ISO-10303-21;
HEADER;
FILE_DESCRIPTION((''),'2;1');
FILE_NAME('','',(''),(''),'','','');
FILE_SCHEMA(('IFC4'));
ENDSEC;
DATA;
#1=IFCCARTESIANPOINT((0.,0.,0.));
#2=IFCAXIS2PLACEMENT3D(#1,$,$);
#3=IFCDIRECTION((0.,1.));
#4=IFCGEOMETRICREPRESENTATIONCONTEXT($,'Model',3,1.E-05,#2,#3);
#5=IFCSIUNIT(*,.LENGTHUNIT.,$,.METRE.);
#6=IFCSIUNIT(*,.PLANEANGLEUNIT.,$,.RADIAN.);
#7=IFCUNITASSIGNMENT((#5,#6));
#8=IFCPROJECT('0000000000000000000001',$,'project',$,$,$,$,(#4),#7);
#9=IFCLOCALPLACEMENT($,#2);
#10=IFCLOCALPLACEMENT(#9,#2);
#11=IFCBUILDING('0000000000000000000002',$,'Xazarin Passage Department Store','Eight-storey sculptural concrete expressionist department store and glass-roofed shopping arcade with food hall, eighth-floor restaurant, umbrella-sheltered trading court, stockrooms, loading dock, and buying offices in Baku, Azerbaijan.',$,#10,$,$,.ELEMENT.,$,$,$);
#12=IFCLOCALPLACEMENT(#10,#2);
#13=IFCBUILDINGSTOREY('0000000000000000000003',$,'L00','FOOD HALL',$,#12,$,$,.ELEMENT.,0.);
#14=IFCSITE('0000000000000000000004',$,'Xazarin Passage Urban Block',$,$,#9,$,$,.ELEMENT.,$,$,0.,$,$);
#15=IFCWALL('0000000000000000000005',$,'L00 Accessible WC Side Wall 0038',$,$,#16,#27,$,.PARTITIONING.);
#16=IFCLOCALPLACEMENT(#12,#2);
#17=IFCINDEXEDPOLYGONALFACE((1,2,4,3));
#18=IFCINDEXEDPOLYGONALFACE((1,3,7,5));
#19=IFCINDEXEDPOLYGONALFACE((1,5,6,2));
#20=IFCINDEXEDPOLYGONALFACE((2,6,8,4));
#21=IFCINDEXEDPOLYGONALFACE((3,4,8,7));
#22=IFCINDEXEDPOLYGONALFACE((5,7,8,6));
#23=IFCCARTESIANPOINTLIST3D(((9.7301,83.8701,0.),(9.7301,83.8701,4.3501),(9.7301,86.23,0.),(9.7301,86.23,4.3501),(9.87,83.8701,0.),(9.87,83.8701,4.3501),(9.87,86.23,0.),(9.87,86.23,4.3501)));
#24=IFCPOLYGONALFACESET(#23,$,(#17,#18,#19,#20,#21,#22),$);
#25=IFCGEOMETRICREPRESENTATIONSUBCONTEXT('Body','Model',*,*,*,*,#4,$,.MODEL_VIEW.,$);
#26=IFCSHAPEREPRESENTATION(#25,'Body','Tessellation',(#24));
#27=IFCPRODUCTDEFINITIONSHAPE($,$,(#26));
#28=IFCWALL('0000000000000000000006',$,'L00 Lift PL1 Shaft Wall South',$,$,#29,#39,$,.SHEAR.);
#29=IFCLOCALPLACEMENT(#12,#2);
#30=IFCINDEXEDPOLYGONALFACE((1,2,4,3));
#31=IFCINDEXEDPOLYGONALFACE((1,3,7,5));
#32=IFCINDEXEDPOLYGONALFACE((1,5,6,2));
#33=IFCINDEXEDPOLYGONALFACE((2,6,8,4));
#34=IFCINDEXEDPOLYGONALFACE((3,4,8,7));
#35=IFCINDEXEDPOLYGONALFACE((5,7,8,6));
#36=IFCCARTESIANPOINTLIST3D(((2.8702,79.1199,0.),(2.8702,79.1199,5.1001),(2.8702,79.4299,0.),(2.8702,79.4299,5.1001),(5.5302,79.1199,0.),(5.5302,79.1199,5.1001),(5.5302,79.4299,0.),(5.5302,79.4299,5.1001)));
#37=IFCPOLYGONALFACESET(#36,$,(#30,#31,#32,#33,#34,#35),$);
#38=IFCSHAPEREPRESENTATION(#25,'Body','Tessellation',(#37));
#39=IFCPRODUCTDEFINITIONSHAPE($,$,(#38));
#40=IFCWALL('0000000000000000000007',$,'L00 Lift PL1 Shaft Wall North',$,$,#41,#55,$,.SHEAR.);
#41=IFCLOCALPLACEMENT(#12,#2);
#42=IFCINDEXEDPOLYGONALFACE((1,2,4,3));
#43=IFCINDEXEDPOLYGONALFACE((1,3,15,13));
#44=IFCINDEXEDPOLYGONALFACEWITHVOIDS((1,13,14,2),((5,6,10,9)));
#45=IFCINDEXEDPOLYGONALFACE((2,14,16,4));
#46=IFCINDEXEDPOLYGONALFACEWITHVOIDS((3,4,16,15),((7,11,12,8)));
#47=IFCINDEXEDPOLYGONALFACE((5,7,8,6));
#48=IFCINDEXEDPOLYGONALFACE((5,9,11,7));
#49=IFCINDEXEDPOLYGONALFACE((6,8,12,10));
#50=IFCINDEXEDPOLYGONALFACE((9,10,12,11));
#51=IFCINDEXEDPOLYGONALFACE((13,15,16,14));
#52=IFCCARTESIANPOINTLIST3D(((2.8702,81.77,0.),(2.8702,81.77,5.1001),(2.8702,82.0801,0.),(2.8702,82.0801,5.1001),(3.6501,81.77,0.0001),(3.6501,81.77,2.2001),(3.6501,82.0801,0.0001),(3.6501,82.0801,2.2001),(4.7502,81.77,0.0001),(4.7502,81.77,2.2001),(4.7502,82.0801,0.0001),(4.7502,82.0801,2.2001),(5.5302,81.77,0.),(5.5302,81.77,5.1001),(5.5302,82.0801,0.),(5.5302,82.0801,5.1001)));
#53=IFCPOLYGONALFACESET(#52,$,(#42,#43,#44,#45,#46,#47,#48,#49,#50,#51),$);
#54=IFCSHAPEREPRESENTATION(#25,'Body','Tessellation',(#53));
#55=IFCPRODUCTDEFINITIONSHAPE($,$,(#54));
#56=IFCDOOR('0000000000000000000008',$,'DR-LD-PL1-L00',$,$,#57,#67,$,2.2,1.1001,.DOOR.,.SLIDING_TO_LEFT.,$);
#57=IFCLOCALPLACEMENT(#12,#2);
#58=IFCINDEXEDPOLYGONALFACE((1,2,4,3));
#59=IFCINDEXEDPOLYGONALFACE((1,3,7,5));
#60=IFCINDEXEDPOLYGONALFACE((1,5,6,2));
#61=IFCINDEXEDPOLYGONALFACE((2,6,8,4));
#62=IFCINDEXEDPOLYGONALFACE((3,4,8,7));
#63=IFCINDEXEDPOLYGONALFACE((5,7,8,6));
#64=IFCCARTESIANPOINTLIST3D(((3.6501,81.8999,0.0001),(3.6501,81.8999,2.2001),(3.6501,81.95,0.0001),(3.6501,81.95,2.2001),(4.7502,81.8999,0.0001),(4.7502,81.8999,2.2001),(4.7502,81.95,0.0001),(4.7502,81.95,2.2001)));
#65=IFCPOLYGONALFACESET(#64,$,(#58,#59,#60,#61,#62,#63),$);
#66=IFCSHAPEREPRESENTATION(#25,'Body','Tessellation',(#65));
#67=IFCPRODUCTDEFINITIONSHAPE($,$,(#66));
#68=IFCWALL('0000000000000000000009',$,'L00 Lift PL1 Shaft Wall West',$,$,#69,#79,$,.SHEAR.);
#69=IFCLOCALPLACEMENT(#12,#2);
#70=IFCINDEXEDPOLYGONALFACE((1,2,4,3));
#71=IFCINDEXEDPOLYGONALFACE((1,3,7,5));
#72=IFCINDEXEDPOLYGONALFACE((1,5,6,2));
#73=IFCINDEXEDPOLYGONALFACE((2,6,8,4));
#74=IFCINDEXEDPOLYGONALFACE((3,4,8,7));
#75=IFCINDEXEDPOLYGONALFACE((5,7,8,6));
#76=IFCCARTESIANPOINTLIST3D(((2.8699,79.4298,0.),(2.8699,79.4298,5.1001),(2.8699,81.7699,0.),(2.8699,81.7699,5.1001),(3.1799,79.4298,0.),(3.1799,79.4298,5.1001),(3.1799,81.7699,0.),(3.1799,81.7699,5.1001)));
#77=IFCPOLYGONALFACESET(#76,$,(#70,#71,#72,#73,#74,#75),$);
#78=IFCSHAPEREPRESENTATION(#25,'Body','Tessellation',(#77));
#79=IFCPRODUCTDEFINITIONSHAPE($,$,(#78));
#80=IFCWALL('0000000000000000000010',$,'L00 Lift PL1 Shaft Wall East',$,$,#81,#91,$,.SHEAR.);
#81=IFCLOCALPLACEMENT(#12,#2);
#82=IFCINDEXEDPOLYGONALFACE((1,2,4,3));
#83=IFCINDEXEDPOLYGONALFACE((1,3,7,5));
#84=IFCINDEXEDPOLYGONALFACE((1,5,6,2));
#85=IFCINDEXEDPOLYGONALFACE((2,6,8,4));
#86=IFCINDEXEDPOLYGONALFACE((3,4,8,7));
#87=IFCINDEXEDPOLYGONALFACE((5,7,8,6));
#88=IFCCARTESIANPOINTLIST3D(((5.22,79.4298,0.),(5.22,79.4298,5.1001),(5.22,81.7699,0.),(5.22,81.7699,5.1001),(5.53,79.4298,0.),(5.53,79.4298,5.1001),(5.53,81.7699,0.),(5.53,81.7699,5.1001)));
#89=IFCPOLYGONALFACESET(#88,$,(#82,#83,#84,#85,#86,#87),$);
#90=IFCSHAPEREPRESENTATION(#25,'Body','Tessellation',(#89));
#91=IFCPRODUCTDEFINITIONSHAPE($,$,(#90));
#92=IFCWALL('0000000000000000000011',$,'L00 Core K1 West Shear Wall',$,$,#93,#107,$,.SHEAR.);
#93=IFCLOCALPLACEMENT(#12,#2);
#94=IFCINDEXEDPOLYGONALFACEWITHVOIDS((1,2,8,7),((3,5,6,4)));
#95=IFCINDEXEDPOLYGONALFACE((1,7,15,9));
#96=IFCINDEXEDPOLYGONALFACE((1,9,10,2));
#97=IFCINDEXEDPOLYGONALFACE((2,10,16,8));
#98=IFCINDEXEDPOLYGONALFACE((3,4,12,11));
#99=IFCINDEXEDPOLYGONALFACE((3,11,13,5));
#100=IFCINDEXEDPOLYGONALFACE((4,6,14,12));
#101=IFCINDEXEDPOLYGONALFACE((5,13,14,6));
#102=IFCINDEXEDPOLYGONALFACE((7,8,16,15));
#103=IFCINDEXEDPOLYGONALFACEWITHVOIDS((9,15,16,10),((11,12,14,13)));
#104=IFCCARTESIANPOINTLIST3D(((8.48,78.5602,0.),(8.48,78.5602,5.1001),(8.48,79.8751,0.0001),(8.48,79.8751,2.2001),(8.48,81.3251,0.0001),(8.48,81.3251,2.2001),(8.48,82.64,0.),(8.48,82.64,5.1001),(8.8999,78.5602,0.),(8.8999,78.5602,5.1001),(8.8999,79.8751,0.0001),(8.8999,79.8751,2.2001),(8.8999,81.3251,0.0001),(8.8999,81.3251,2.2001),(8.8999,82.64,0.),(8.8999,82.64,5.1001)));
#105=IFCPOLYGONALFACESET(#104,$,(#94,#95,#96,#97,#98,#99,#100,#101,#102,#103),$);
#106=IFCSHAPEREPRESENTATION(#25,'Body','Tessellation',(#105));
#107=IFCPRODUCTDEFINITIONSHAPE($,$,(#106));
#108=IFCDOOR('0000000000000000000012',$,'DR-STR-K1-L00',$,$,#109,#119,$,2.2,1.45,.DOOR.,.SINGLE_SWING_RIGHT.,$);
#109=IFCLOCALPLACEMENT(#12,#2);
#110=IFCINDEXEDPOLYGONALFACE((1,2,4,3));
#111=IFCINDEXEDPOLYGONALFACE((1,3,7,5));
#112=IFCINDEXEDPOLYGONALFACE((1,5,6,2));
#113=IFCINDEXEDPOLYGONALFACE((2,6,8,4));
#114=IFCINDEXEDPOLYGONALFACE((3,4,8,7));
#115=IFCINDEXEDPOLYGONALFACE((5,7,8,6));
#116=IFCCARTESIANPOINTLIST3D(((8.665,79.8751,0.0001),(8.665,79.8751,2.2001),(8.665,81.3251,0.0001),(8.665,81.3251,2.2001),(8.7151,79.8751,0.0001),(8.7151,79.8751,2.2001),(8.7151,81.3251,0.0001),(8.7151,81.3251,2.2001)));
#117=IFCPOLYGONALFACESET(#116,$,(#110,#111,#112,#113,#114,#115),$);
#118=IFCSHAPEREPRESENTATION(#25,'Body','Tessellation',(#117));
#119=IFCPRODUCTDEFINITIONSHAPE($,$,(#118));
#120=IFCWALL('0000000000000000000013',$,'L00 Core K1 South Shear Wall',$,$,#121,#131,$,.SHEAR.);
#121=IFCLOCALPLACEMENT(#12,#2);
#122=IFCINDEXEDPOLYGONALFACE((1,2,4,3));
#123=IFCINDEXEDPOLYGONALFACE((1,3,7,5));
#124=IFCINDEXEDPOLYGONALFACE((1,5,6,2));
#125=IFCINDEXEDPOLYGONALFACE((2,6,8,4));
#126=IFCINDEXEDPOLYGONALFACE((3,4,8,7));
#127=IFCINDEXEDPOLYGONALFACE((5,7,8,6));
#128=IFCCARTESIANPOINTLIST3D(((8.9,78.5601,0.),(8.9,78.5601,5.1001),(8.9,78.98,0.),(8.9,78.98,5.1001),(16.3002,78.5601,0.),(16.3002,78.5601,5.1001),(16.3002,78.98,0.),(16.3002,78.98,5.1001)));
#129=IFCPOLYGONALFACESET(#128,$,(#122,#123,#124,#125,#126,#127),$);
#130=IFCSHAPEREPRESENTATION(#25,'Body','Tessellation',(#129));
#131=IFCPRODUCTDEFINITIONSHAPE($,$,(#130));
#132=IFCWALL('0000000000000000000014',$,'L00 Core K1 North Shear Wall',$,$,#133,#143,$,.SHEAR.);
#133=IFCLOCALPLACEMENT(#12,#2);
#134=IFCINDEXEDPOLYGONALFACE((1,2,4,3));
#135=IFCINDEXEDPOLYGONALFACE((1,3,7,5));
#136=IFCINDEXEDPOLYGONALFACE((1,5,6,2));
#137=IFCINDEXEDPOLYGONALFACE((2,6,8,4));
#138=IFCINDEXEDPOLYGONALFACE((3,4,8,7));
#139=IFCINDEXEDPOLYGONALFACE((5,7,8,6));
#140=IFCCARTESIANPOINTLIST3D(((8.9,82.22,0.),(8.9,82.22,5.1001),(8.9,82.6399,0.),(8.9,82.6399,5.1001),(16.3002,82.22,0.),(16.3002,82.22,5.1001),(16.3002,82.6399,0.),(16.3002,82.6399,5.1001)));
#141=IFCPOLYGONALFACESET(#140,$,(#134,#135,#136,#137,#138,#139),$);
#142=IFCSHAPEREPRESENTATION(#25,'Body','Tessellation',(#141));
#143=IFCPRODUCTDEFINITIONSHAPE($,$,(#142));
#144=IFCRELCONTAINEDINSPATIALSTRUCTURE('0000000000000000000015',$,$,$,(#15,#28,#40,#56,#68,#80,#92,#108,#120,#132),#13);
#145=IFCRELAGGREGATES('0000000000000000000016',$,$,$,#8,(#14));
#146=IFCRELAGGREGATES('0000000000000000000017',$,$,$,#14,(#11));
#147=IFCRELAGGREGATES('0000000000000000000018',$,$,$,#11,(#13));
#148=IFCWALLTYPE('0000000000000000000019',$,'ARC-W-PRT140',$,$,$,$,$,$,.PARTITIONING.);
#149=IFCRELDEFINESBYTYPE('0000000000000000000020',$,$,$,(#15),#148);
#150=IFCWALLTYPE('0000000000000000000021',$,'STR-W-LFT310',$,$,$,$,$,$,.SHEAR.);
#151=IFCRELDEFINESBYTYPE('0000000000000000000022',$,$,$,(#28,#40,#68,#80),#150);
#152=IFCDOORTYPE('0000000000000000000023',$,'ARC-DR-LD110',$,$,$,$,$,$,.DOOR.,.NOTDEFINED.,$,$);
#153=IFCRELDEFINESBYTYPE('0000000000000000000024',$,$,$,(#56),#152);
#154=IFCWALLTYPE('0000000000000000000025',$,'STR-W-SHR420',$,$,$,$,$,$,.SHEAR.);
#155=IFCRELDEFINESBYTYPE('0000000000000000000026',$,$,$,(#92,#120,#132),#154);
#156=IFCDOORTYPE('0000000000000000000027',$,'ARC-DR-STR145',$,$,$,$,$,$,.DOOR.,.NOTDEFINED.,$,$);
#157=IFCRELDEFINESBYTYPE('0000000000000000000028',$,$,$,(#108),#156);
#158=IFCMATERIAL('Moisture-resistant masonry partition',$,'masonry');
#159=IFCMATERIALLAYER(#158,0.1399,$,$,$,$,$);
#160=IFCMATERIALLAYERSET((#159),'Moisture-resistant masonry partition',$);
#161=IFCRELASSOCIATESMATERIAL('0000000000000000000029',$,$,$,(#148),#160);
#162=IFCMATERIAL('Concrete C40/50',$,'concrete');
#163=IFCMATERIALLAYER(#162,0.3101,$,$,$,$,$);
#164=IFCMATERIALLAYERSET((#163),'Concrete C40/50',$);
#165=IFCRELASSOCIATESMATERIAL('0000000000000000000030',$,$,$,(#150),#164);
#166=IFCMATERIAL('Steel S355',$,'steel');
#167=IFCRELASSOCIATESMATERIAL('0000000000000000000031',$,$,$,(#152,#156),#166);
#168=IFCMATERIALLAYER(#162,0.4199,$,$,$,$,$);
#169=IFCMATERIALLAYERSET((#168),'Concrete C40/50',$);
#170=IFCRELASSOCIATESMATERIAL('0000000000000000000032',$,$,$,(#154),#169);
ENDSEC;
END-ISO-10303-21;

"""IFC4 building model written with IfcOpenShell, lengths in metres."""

from ifc_helpers import new_model, si_unit, direction, frame, frame_2d, origin, place, context, subcontext, project, spatial, rectangle, extrude, material, layer, layer_set, type_object, element, fill, save


model = new_model("IFC4")

# Units and contexts
model_context = context("Model", 3, precision=1e-05, world=origin(), true_north=direction((0.0, 1.0)))
body_context = subcontext(model_context, "Body", "Model", "MODEL_VIEW")
ifc_project = project(units=[si_unit("LENGTHUNIT", "METRE"), si_unit("PLANEANGLEUNIT", "RADIAN")], contexts=[model_context])

# Site, building, storey
site_placement = place(None, origin())
site = spatial("IfcSite", under=ifc_project, at=site_placement, Name="Xazarin Passage Urban Block", CompositionType="ELEMENT", RefElevation=0.0)
building_placement = place(site_placement, origin())
building = spatial("IfcBuilding", under=site, at=building_placement, Name="Xazarin Passage Department Store", Description="Eight-storey sculptural concrete expressionist department store and glass-roofed shopping arcade with food hall, eighth-floor restaurant, umbrella-sheltered trading court, stockrooms, loading dock, and buying offices in Baku, Azerbaijan.", CompositionType="ELEMENT")
storey_placement = place(building_placement, origin())
storey = spatial("IfcBuildingStorey", under=building, at=storey_placement, Name="L00", Description="FOOD HALL", CompositionType="ELEMENT", Elevation=0.0)

# Shared definitions
ifc_material_1 = material(Name="Concrete C40/50", Category="concrete")

# Walls
ifc_material_2 = material(Name="Moisture-resistant masonry partition", Category="masonry")
ifc_layer_1 = layer(ifc_material_2, 0.1399)
ifc_layer_set_1 = layer_set([ifc_layer_1], Name="Moisture-resistant masonry partition")
wall_type_1 = type_object("IfcWallType", Name="ARC-W-PRT140", PredefinedType="PARTITIONING", material=ifc_layer_set_1)
wall_1_placement = place(storey_placement, frame((9.8, 83.8701, 0.0), z_axis=(0.0, 0.0, 1.0), x_axis=(0.0, 1.0, 0.0)))
element("IfcWall", 1, at=wall_1_placement, inside=storey, type_object=wall_type_1, Name="L00 Accessible WC Side Wall 0038", PredefinedType="PARTITIONING", context=body_context, shape_type="SweptSolid", body=[
    extrude(rectangle(XDim=2.3599, YDim=0.1399, at=frame_2d((1.1799, 0.0))), origin(), (0.0, 0.0, 1.0), 4.3501),
])
ifc_layer_2 = layer(ifc_material_1, 0.3101)
ifc_layer_set_2 = layer_set([ifc_layer_2], Name="Concrete C40/50")
wall_type_2 = type_object("IfcWallType", Name="STR-W-LFT310", PredefinedType="SHEAR", material=ifc_layer_set_2)
wall_2_placement = place(storey_placement, frame((2.8701, 79.2749, 0.0), z_axis=(0.0, 0.0, 1.0), x_axis=(1.0, 0.0, 0.0)))
element("IfcWall", 2, at=wall_2_placement, inside=storey, type_object=wall_type_2, Name="L00 Lift PL1 Shaft Wall South", PredefinedType="SHEAR", context=body_context, shape_type="SweptSolid", body=[
    extrude(rectangle(XDim=2.6599, YDim=0.3101, at=frame_2d((1.3301, 0.0))), origin(), (0.0, 0.0, 1.0), 5.1001),
])

# Wall, opening, door
wall_3_placement = place(storey_placement, frame((2.8701, 81.925, 0.0), z_axis=(0.0, 0.0, 1.0), x_axis=(1.0, 0.0, 0.0)))
wall_3 = element("IfcWall", 3, at=wall_3_placement, inside=storey, type_object=wall_type_2, Name="L00 Lift PL1 Shaft Wall North", PredefinedType="SHEAR", context=body_context, shape_type="SweptSolid", body=[
    extrude(rectangle(XDim=2.6599, YDim=0.3101, at=frame_2d((1.3301, 0.0))), origin(), (0.0, 0.0, 1.0), 5.1001),
])
opening_1_placement = place(wall_3_placement, frame((0.78, 0.0, 0.0)))
opening_1 = element("IfcOpeningElement", 4, at=opening_1_placement, cuts=wall_3, PredefinedType="OPENING", context=body_context, shape_type="SweptSolid", body=[
    extrude(rectangle(XDim=1.1001, YDim=2.2, at=frame_2d((0.55, 1.1001))), frame((0.0, 0.165, 0.0), z_axis=(0.0, -1.0, 0.0), x_axis=(1.0, 0.0, 0.0)), (0.0, 0.0, 1.0), 0.3301),
])
ifc_material_3 = material(Name="Steel S355", Category="steel")
door_type_1 = type_object("IfcDoorType", Name="ARC-DR-LD110", OperationType="NOTDEFINED", PredefinedType="DOOR", material=ifc_material_3)
door_1_placement = place(opening_1_placement, origin())
door_1 = element("IfcDoor", 5, at=door_1_placement, inside=storey, type_object=door_type_1, Name="DR-LD-PL1-L00", OperationType="SLIDING_TO_LEFT", OverallHeight=2.2, OverallWidth=1.1001, PredefinedType="DOOR", context=body_context, shape_type="SweptSolid", body=[
    extrude(rectangle(XDim=1.1001, YDim=2.2, at=frame_2d((0.55, 1.1001))), frame((0.0, 0.0249, 0.0), z_axis=(0.0, -1.0, 0.0), x_axis=(1.0, 0.0, 0.0)), (0.0, 0.0, 1.0), 0.05),
])
fill(opening_1, door_1)

# Walls
for number, where, z_axis, x_axis, name in (
    (6, (3.0249, 79.4299, 0.0), (0.0, 0.0, 1.0), (0.0, 1.0, 0.0), "L00 Lift PL1 Shaft Wall West"),
    (7, (5.375, 79.4299, 0.0), (0.0, 0.0, 1.0), (0.0, 1.0, 0.0), "L00 Lift PL1 Shaft Wall East"),
):
    element("IfcWall", number, at=place(storey_placement, frame(where, z_axis=z_axis, x_axis=x_axis)), inside=storey, type_object=wall_type_2, Name=name, PredefinedType="SHEAR", context=body_context, shape_type="SweptSolid", body=[
        extrude(rectangle(XDim=2.3401, YDim=0.3101, at=frame_2d((1.1699, 0.0))), origin(), (0.0, 0.0, 1.0), 5.1001),
    ])

# Wall, opening, door
ifc_layer_3 = layer(ifc_material_1, 0.4199)
ifc_layer_set_3 = layer_set([ifc_layer_3], Name="Concrete C40/50")
wall_type_3 = type_object("IfcWallType", Name="STR-W-SHR420", PredefinedType="SHEAR", material=ifc_layer_set_3)
wall_4_placement = place(storey_placement, frame((8.6899, 78.5601, 0.0), z_axis=(0.0, 0.0, 1.0), x_axis=(0.0, 1.0, 0.0)))
wall_4 = element("IfcWall", 8, at=wall_4_placement, inside=storey, type_object=wall_type_3, Name="L00 Core K1 West Shear Wall", PredefinedType="SHEAR", context=body_context, shape_type="SweptSolid", body=[
    extrude(rectangle(XDim=4.0798, YDim=0.4199, at=frame_2d((2.04, 0.0))), origin(), (0.0, 0.0, 1.0), 5.1001),
])
opening_2_placement = place(wall_4_placement, frame((1.3149, 0.0, 0.0)))
opening_2 = element("IfcOpeningElement", 9, at=opening_2_placement, cuts=wall_4, PredefinedType="OPENING", context=body_context, shape_type="SweptSolid", body=[
    extrude(rectangle(XDim=1.45, YDim=2.2, at=frame_2d((0.7251, 1.1001))), frame((0.0, 0.22, 0.0), z_axis=(0.0, -1.0, 0.0), x_axis=(1.0, 0.0, 0.0)), (0.0, 0.0, 1.0), 0.4399),
])
door_type_2 = type_object("IfcDoorType", Name="ARC-DR-STR145", OperationType="NOTDEFINED", PredefinedType="DOOR", material=ifc_material_3)
door_2_placement = place(opening_2_placement, origin())
door_2 = element("IfcDoor", 10, at=door_2_placement, inside=storey, type_object=door_type_2, Name="DR-STR-K1-L00", OperationType="SINGLE_SWING_RIGHT", OverallHeight=2.2, OverallWidth=1.45, PredefinedType="DOOR", context=body_context, shape_type="SweptSolid", body=[
    extrude(rectangle(XDim=1.45, YDim=2.2, at=frame_2d((0.7251, 1.1001))), frame((0.0, 0.0249, 0.0), z_axis=(0.0, -1.0, 0.0), x_axis=(1.0, 0.0, 0.0)), (0.0, 0.0, 1.0), 0.05),
])
fill(opening_2, door_2)

# Walls
for number, where, z_axis, x_axis, name in (
    (11, (8.8999, 78.77, 0.0), (0.0, 0.0, 1.0), (1.0, 0.0, 0.0), "L00 Core K1 South Shear Wall"),
    (12, (8.8999, 82.4299, 0.0), (0.0, 0.0, 1.0), (1.0, 0.0, 0.0), "L00 Core K1 North Shear Wall"),
):
    element("IfcWall", number, at=place(storey_placement, frame(where, z_axis=z_axis, x_axis=x_axis)), inside=storey, type_object=wall_type_3, Name=name, PredefinedType="SHEAR", context=body_context, shape_type="SweptSolid", body=[
        extrude(rectangle(XDim=7.4001, YDim=0.4199, at=frame_2d((3.7002, 0.0))), origin(), (0.0, 0.0, 1.0), 5.1001),
    ])

save(model, "model.ifc")
